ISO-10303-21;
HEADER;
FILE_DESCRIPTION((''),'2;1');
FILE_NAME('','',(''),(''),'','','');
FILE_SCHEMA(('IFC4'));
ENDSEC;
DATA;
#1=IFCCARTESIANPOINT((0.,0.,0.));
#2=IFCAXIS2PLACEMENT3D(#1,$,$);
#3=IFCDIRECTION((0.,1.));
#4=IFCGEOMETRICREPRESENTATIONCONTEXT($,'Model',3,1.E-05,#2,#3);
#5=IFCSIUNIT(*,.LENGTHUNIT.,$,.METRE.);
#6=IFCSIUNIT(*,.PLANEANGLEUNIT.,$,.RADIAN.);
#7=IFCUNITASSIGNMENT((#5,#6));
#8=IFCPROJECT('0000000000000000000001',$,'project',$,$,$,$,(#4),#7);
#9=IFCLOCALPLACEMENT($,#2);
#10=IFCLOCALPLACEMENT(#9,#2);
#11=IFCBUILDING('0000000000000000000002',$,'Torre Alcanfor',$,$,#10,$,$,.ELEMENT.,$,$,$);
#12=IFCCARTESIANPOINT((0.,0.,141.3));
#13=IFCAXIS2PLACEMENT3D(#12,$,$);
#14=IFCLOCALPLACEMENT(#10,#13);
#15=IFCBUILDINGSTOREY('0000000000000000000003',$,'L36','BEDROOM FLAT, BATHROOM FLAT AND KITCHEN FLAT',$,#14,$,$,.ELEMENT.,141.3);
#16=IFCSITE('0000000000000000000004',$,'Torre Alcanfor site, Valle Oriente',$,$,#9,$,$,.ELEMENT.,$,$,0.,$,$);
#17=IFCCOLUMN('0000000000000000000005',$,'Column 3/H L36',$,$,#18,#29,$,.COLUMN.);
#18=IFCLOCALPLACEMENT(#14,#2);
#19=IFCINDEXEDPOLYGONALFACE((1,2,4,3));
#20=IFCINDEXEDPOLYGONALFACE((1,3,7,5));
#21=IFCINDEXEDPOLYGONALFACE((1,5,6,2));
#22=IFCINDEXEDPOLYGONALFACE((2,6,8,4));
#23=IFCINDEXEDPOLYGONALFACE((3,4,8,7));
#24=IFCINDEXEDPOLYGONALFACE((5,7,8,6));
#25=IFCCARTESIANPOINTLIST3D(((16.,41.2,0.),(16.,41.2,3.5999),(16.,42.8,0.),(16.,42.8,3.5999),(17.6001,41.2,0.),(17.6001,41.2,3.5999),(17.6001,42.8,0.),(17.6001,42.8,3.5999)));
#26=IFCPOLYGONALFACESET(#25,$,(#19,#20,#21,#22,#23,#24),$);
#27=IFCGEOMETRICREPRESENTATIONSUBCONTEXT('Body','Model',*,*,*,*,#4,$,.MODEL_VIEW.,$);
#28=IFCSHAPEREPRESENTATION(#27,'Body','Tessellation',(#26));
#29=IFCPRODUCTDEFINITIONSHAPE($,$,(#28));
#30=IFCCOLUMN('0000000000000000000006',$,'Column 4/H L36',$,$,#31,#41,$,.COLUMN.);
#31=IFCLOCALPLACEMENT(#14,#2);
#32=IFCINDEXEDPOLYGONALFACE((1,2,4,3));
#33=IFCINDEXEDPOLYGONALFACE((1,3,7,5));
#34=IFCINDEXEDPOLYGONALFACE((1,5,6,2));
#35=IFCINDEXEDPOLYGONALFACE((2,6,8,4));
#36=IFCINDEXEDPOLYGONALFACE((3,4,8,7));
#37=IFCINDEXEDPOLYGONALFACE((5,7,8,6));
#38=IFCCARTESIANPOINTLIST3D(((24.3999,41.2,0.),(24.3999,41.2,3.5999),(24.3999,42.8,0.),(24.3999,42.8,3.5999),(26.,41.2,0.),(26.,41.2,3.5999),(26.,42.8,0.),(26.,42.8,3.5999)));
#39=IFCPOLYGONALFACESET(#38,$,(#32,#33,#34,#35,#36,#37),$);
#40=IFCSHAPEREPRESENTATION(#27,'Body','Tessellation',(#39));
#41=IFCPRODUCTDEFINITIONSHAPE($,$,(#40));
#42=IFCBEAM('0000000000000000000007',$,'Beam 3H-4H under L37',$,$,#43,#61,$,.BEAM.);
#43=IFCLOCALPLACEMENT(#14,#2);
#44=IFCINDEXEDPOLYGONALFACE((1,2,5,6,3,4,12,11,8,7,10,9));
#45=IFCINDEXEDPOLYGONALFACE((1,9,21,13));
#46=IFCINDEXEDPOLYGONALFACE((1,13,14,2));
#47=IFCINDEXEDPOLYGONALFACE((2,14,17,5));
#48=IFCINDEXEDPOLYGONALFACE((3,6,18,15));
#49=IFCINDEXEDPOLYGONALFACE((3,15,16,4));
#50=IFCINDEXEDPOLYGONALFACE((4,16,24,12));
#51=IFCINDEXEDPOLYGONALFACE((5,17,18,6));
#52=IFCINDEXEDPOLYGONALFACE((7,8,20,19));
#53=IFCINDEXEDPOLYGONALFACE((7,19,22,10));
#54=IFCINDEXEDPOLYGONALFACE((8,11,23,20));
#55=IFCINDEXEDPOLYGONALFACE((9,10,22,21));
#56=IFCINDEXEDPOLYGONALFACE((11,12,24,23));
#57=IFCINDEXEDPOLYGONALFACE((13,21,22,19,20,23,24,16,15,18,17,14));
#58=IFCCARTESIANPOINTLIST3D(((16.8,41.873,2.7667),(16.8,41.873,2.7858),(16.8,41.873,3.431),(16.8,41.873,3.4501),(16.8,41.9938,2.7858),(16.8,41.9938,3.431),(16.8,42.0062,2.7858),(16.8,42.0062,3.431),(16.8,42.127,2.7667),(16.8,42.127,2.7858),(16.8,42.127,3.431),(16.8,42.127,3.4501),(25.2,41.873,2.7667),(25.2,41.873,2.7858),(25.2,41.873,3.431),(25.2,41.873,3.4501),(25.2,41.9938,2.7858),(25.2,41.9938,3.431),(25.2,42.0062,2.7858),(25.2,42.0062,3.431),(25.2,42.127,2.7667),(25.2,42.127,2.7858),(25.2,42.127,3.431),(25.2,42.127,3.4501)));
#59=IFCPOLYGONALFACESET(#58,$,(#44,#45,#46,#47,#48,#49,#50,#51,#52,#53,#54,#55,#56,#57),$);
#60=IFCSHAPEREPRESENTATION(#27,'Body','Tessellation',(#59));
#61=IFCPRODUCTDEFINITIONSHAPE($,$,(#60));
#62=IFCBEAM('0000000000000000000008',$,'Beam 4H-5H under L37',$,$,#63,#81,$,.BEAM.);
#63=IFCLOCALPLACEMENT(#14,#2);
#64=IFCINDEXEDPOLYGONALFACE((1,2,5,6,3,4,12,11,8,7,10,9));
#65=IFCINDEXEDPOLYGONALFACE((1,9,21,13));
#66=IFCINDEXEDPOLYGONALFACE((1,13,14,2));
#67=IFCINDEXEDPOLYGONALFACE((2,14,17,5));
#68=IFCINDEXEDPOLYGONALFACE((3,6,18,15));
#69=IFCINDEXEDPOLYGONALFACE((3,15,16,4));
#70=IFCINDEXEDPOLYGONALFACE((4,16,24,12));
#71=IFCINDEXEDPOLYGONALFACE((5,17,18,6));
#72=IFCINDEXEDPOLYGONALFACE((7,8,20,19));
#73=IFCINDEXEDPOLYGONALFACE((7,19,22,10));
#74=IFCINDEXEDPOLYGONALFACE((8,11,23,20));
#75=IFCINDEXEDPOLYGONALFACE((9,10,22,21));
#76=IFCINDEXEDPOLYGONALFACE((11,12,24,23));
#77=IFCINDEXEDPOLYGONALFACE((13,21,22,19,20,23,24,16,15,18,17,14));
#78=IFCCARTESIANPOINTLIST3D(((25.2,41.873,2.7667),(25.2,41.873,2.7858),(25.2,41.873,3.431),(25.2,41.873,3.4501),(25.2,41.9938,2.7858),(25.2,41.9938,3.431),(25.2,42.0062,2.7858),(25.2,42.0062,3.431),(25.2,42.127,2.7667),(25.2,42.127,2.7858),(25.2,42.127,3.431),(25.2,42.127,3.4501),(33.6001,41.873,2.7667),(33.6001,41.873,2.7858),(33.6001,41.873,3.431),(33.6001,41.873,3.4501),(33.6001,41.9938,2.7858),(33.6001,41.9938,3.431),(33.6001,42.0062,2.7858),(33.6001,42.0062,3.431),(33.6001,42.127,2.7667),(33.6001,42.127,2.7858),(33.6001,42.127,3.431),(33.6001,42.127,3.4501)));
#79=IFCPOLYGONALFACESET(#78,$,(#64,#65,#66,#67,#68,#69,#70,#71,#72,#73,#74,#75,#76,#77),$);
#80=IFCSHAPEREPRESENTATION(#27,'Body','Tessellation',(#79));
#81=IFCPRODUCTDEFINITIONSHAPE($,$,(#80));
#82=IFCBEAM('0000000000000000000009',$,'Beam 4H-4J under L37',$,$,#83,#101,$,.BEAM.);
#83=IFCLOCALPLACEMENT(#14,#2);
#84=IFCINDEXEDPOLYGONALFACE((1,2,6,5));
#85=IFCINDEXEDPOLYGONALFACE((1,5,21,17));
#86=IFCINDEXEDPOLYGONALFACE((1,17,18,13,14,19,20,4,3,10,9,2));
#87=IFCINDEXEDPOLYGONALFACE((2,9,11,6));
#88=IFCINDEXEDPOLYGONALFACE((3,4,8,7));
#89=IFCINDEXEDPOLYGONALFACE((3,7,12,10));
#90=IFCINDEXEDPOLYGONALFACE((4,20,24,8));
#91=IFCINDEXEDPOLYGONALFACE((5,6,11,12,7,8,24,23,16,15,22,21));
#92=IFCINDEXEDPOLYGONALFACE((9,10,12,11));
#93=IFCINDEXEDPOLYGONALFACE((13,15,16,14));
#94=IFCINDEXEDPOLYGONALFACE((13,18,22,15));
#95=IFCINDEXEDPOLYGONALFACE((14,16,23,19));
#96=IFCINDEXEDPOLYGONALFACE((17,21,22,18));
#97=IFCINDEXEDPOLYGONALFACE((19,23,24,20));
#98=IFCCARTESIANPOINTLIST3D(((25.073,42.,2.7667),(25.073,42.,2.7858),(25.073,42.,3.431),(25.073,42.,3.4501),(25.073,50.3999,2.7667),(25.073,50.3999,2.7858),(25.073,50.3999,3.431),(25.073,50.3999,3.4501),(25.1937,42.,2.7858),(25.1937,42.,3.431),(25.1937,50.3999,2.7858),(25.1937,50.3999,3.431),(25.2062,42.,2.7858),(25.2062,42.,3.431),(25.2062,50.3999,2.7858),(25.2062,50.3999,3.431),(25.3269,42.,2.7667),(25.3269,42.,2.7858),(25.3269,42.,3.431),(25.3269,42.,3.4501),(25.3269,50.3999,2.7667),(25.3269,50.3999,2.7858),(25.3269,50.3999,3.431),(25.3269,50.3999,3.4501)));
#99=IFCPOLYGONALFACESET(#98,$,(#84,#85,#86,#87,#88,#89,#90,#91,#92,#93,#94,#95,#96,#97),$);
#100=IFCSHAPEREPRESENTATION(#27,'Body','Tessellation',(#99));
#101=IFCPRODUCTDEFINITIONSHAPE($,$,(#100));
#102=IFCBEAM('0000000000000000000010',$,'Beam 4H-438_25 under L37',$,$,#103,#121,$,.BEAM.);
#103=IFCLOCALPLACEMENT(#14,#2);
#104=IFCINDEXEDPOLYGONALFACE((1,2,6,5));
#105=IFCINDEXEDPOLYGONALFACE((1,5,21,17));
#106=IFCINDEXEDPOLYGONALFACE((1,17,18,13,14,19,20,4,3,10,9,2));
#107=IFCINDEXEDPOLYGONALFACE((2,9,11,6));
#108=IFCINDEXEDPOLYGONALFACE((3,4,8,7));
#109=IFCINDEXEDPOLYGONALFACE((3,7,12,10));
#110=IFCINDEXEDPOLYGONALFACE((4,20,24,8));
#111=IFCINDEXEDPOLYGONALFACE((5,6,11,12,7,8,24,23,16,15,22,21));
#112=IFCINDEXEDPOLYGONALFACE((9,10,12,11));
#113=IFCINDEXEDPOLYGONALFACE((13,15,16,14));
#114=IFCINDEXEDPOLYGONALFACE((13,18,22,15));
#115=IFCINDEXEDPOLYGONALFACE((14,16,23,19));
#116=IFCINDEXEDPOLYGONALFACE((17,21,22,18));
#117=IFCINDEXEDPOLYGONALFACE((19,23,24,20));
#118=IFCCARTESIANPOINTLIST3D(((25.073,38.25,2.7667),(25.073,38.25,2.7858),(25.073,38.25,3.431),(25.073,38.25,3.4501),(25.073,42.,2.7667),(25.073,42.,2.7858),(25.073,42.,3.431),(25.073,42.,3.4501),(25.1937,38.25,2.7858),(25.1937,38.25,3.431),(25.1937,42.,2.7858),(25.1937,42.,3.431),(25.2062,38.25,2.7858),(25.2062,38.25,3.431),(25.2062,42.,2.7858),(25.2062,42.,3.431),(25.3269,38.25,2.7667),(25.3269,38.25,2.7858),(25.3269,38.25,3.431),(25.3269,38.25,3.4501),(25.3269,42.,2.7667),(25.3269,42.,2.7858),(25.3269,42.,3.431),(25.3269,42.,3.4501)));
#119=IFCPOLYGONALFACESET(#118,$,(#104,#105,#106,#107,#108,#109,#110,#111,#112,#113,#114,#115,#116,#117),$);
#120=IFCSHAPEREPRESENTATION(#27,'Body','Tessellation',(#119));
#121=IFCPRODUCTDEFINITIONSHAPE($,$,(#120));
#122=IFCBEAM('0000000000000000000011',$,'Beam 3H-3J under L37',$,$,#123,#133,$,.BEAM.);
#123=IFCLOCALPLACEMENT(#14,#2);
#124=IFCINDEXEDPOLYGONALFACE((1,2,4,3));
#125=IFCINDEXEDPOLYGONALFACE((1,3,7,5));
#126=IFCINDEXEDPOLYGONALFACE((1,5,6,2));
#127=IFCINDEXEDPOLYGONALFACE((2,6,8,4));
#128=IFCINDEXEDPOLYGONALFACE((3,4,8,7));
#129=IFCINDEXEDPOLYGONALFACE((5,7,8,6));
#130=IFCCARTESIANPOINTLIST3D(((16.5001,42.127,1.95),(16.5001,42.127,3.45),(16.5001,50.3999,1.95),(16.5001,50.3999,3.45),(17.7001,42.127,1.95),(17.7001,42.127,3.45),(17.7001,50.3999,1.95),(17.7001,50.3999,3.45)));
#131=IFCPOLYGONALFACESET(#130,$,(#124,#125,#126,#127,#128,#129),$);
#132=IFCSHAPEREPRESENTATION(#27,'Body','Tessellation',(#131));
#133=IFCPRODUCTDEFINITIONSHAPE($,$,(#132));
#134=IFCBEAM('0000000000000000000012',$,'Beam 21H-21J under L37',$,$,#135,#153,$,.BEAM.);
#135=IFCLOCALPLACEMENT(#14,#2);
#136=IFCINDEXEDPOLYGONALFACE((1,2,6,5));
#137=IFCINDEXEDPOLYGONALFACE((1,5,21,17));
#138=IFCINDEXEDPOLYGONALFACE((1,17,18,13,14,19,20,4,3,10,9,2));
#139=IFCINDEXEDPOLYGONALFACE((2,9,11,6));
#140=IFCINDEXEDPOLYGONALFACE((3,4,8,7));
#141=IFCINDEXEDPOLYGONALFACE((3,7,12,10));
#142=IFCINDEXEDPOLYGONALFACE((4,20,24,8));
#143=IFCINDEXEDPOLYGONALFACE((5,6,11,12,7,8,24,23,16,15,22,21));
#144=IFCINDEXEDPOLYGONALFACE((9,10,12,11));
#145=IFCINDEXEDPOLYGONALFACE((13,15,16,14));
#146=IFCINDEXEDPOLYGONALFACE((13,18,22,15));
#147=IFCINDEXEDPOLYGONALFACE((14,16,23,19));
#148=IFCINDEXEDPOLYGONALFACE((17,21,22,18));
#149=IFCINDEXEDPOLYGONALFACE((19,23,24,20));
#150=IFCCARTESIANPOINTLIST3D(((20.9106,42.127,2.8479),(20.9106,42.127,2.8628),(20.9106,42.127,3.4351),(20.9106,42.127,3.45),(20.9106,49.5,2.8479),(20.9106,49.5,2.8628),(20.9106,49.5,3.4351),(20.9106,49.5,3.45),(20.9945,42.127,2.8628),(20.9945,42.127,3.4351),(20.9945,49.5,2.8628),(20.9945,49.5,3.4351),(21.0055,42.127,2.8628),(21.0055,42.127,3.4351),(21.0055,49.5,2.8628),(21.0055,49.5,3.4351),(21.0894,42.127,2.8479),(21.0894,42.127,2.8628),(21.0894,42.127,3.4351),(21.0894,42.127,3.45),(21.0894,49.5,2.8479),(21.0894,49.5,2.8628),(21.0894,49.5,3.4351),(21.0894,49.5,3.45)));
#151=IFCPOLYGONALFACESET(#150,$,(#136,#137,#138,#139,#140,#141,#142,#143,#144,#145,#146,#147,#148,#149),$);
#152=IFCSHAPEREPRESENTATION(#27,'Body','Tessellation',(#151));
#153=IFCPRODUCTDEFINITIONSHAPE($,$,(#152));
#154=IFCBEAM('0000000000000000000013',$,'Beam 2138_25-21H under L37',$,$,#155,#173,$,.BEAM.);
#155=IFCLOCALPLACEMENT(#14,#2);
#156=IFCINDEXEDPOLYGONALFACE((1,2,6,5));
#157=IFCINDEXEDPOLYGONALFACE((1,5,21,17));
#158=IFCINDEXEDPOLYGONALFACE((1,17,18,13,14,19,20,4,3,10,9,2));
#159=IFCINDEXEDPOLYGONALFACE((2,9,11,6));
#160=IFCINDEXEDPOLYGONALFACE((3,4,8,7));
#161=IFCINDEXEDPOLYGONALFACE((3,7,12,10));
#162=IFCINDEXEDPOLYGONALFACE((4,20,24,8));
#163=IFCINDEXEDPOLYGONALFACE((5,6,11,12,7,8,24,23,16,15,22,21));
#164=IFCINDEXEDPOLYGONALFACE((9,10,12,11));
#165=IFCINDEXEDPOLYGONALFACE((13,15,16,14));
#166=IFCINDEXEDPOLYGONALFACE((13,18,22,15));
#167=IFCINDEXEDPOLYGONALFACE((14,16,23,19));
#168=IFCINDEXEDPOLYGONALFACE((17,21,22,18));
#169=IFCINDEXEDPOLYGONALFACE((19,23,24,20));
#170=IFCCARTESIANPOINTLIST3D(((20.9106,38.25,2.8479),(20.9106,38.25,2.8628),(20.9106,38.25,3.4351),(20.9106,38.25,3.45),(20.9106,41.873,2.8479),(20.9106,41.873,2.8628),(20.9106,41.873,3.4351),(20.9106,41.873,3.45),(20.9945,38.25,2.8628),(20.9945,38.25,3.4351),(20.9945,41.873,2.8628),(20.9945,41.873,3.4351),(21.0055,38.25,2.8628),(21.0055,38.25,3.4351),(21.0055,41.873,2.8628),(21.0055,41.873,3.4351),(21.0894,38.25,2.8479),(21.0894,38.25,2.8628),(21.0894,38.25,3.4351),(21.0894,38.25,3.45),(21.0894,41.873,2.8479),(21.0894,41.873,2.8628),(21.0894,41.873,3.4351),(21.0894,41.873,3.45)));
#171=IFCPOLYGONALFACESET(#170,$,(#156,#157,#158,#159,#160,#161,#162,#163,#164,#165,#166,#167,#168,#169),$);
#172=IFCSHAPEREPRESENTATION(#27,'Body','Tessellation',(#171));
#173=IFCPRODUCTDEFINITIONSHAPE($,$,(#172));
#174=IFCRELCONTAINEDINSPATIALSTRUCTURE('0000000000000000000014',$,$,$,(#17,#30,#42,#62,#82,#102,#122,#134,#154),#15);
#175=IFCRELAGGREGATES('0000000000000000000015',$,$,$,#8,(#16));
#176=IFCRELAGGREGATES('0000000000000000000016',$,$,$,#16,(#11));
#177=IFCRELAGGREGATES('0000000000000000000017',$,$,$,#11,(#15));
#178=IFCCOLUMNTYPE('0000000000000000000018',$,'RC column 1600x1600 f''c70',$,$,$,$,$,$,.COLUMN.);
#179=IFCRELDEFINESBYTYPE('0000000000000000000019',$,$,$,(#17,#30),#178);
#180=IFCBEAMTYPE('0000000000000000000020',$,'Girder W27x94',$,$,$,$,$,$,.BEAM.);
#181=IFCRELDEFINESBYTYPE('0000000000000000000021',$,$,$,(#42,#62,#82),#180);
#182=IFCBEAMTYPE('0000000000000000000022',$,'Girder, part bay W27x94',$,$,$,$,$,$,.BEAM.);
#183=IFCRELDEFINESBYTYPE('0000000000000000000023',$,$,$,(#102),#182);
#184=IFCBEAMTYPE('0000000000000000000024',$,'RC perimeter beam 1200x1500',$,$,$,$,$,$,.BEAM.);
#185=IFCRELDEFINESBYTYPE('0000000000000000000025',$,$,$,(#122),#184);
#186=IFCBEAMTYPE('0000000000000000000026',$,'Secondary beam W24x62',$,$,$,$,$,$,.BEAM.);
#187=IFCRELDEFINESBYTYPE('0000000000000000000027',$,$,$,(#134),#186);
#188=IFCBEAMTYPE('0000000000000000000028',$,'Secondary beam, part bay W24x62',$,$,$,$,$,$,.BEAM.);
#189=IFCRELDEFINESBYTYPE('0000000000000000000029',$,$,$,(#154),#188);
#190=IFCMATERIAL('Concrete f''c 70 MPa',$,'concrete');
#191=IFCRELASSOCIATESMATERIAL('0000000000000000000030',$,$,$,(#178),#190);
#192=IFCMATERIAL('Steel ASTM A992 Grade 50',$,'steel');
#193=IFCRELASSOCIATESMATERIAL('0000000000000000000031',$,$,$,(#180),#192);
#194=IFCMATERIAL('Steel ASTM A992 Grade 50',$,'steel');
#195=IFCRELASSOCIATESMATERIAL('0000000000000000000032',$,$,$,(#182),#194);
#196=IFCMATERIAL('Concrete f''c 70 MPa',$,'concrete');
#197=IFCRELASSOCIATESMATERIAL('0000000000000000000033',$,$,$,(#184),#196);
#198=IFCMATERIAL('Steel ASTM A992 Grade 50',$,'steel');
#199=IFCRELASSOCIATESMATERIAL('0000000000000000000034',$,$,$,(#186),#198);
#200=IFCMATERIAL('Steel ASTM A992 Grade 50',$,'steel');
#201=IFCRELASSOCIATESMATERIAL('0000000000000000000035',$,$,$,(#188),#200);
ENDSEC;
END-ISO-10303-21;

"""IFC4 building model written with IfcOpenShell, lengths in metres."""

from ifc_helpers import new_model, si_unit, direction, frame, origin, origin_2d, place, context, subcontext, project, spatial, rectangle, i_section, extrude, material, material_profile, profile_set, type_object, element, save


model = new_model("IFC4")

# Units and contexts
model_context = context("Model", 3, precision=1e-05, world=origin(), true_north=direction((0.0, 1.0)))
body_context = subcontext(model_context, "Body", "Model", "MODEL_VIEW")
ifc_project = project(units=[si_unit("LENGTHUNIT", "METRE"), si_unit("PLANEANGLEUNIT", "RADIAN")], contexts=[model_context])

# Site, building, storey
site_placement = place(None, origin())
site = spatial("IfcSite", under=ifc_project, at=site_placement, Name="Torre Alcanfor site, Valle Oriente", CompositionType="ELEMENT", RefElevation=0.0)
building_placement = place(site_placement, origin())
building = spatial("IfcBuilding", under=site, at=building_placement, Name="Torre Alcanfor", CompositionType="ELEMENT")
storey_placement = place(building_placement, frame((0.0, 0.0, 141.3)))
storey = spatial("IfcBuildingStorey", under=building, at=storey_placement, Name="L36", Description="BEDROOM FLAT, BATHROOM FLAT AND KITCHEN FLAT", CompositionType="ELEMENT", Elevation=141.3)

# Columns
ifc_material_1 = material(Name="Concrete f'c 70 MPa", Category="concrete")
ifc_material_profile_1 = material_profile(ifc_material_1, rectangle(XDim=1.6001, YDim=1.6001, at=origin_2d()), Name="1600x1600")
ifc_profile_set_1 = profile_set([ifc_material_profile_1], Name="Concrete f'c 70 MPa")
column_type = type_object("IfcColumnType", Name="RC column 1600x1600 f'c70", PredefinedType="COLUMN", material=ifc_profile_set_1)
for number, where, z_axis, x_axis, name in (
    (1, (16.8, 42.0, 0.0), (0.0, 0.0, 1.0), (1.0, 0.0, 0.0), "Column 3/H L36"),
    (2, (25.2, 42.0, 0.0), (0.0, 0.0, 1.0), (1.0, 0.0, 0.0), "Column 4/H L36"),
):
    element("IfcColumn", number, at=place(storey_placement, frame(where, z_axis=z_axis, x_axis=x_axis)), inside=storey, type_object=column_type, Name=name, PredefinedType="COLUMN", context=body_context, shape_type="SweptSolid", body=[
        extrude(rectangle(XDim=1.6001, YDim=1.6001, at=origin_2d()), origin(), (0.0, 0.0, 1.0), 3.5999),
    ])

# Beams
ifc_material_2 = material(Name="Steel ASTM A992 Grade 50", Category="steel")
ifc_material_profile_2 = material_profile(ifc_material_2, i_section(OverallWidth=0.2539, OverallDepth=0.6833, WebThickness=0.0125, FlangeThickness=0.019, at=origin_2d()), Name="W27x94")
ifc_profile_set_2 = profile_set([ifc_material_profile_2], Name="Steel ASTM A992 Grade 50")
beam_type_1 = type_object("IfcBeamType", Name="Girder W27x94", PredefinedType="BEAM", material=ifc_profile_set_2)
beam_1_placement = place(storey_placement, frame((16.8, 42.0, 3.1084), z_axis=(1.0, 0.0, 0.0), x_axis=(0.0, 1.0, 0.0)))
element("IfcBeam", 3, at=beam_1_placement, inside=storey, type_object=beam_type_1, Name="Beam 3H-4H under L37", PredefinedType="BEAM", context=body_context, shape_type="SweptSolid", body=[
    extrude(i_section(OverallWidth=0.2539, OverallDepth=0.6833, WebThickness=0.0125, FlangeThickness=0.019, at=origin_2d()), origin(), (0.0, 0.0, 1.0), 8.3999),
])
beam_2_placement = place(storey_placement, frame((25.2, 42.0, 3.1084), z_axis=(1.0, 0.0, 0.0), x_axis=(0.0, 1.0, 0.0)))
element("IfcBeam", 4, at=beam_2_placement, inside=storey, type_object=beam_type_1, Name="Beam 4H-5H under L37", PredefinedType="BEAM", context=body_context, shape_type="SweptSolid", body=[
    extrude(i_section(OverallWidth=0.2539, OverallDepth=0.6833, WebThickness=0.0125, FlangeThickness=0.019, at=origin_2d()), origin(), (0.0, 0.0, 1.0), 8.4001),
])
beam_3_placement = place(storey_placement, frame((25.2, 42.0, 3.1084), z_axis=(0.0, 1.0, 0.0), x_axis=(-1.0, 0.0, 0.0)))
element("IfcBeam", 5, at=beam_3_placement, inside=storey, type_object=beam_type_1, Name="Beam 4H-4J under L37", PredefinedType="BEAM", context=body_context, shape_type="SweptSolid", body=[
    extrude(i_section(OverallWidth=0.2539, OverallDepth=0.6833, WebThickness=0.0125, FlangeThickness=0.019, at=origin_2d()), origin(), (0.0, 0.0, 1.0), 8.3999),
])
ifc_material_3 = material(Name="Steel ASTM A992 Grade 50", Category="steel")
ifc_material_profile_3 = material_profile(ifc_material_3, i_section(OverallWidth=0.2539, OverallDepth=0.6833, WebThickness=0.0125, FlangeThickness=0.019, at=origin_2d()), Name="W27x94")
ifc_profile_set_3 = profile_set([ifc_material_profile_3], Name="Steel ASTM A992 Grade 50")
beam_type_2 = type_object("IfcBeamType", Name="Girder, part bay W27x94", PredefinedType="BEAM", material=ifc_profile_set_3)
beam_4_placement = place(storey_placement, frame((25.2, 42.0, 3.1084), z_axis=(0.0, -1.0, 0.0), x_axis=(1.0, 0.0, 0.0)))
element("IfcBeam", 6, at=beam_4_placement, inside=storey, type_object=beam_type_2, Name="Beam 4H-438_25 under L37", PredefinedType="BEAM", context=body_context, shape_type="SweptSolid", body=[
    extrude(i_section(OverallWidth=0.2539, OverallDepth=0.6833, WebThickness=0.0125, FlangeThickness=0.019, at=origin_2d()), origin(), (0.0, 0.0, 1.0), 3.75),
])
ifc_material_4 = material(Name="Concrete f'c 70 MPa", Category="concrete")
ifc_material_profile_4 = material_profile(ifc_material_4, rectangle(XDim=1.2, YDim=1.5, at=origin_2d()), Name="1200x1500")
ifc_profile_set_4 = profile_set([ifc_material_profile_4], Name="Concrete f'c 70 MPa")
beam_type_3 = type_object("IfcBeamType", Name="RC perimeter beam 1200x1500", PredefinedType="BEAM", material=ifc_profile_set_4)
beam_5_placement = place(storey_placement, frame((17.1001, 42.127, 2.7), z_axis=(0.0, 1.0, 0.0), x_axis=(-1.0, 0.0, 0.0)))
element("IfcBeam", 7, at=beam_5_placement, inside=storey, type_object=beam_type_3, Name="Beam 3H-3J under L37", PredefinedType="BEAM", context=body_context, shape_type="SweptSolid", body=[
    extrude(rectangle(XDim=1.2, YDim=1.5, at=origin_2d()), origin(), (0.0, 0.0, 1.0), 8.2729),
])
ifc_material_5 = material(Name="Steel ASTM A992 Grade 50", Category="steel")
ifc_material_profile_5 = material_profile(ifc_material_5, i_section(OverallWidth=0.1787, OverallDepth=0.6021, WebThickness=0.011, FlangeThickness=0.0149, at=origin_2d()), Name="W24x62")
ifc_profile_set_5 = profile_set([ifc_material_profile_5], Name="Steel ASTM A992 Grade 50")
beam_type_4 = type_object("IfcBeamType", Name="Secondary beam W24x62", PredefinedType="BEAM", material=ifc_profile_set_5)
beam_6_placement = place(storey_placement, frame((21.0, 42.127, 3.1489), z_axis=(0.0, 1.0, 0.0), x_axis=(-1.0, 0.0, 0.0)))
element("IfcBeam", 8, at=beam_6_placement, inside=storey, type_object=beam_type_4, Name="Beam 21H-21J under L37", PredefinedType="BEAM", context=body_context, shape_type="SweptSolid", body=[
    extrude(i_section(OverallWidth=0.1787, OverallDepth=0.6021, WebThickness=0.011, FlangeThickness=0.0149, at=origin_2d()), origin(), (0.0, 0.0, 1.0), 7.373),
])
ifc_material_6 = material(Name="Steel ASTM A992 Grade 50", Category="steel")
ifc_material_profile_6 = material_profile(ifc_material_6, i_section(OverallWidth=0.1787, OverallDepth=0.6021, WebThickness=0.011, FlangeThickness=0.0149, at=origin_2d()), Name="W24x62")
ifc_profile_set_6 = profile_set([ifc_material_profile_6], Name="Steel ASTM A992 Grade 50")
beam_type_5 = type_object("IfcBeamType", Name="Secondary beam, part bay W24x62", PredefinedType="BEAM", material=ifc_profile_set_6)
beam_7_placement = place(storey_placement, frame((21.0, 38.25, 3.1489), z_axis=(0.0, 1.0, 0.0), x_axis=(-1.0, 0.0, 0.0)))
element("IfcBeam", 9, at=beam_7_placement, inside=storey, type_object=beam_type_5, Name="Beam 2138_25-21H under L37", PredefinedType="BEAM", context=body_context, shape_type="SweptSolid", body=[
    extrude(i_section(OverallWidth=0.1787, OverallDepth=0.6021, WebThickness=0.011, FlangeThickness=0.0149, at=origin_2d()), origin(), (0.0, 0.0, 1.0), 3.623),
])

save(model, "model.ifc")
